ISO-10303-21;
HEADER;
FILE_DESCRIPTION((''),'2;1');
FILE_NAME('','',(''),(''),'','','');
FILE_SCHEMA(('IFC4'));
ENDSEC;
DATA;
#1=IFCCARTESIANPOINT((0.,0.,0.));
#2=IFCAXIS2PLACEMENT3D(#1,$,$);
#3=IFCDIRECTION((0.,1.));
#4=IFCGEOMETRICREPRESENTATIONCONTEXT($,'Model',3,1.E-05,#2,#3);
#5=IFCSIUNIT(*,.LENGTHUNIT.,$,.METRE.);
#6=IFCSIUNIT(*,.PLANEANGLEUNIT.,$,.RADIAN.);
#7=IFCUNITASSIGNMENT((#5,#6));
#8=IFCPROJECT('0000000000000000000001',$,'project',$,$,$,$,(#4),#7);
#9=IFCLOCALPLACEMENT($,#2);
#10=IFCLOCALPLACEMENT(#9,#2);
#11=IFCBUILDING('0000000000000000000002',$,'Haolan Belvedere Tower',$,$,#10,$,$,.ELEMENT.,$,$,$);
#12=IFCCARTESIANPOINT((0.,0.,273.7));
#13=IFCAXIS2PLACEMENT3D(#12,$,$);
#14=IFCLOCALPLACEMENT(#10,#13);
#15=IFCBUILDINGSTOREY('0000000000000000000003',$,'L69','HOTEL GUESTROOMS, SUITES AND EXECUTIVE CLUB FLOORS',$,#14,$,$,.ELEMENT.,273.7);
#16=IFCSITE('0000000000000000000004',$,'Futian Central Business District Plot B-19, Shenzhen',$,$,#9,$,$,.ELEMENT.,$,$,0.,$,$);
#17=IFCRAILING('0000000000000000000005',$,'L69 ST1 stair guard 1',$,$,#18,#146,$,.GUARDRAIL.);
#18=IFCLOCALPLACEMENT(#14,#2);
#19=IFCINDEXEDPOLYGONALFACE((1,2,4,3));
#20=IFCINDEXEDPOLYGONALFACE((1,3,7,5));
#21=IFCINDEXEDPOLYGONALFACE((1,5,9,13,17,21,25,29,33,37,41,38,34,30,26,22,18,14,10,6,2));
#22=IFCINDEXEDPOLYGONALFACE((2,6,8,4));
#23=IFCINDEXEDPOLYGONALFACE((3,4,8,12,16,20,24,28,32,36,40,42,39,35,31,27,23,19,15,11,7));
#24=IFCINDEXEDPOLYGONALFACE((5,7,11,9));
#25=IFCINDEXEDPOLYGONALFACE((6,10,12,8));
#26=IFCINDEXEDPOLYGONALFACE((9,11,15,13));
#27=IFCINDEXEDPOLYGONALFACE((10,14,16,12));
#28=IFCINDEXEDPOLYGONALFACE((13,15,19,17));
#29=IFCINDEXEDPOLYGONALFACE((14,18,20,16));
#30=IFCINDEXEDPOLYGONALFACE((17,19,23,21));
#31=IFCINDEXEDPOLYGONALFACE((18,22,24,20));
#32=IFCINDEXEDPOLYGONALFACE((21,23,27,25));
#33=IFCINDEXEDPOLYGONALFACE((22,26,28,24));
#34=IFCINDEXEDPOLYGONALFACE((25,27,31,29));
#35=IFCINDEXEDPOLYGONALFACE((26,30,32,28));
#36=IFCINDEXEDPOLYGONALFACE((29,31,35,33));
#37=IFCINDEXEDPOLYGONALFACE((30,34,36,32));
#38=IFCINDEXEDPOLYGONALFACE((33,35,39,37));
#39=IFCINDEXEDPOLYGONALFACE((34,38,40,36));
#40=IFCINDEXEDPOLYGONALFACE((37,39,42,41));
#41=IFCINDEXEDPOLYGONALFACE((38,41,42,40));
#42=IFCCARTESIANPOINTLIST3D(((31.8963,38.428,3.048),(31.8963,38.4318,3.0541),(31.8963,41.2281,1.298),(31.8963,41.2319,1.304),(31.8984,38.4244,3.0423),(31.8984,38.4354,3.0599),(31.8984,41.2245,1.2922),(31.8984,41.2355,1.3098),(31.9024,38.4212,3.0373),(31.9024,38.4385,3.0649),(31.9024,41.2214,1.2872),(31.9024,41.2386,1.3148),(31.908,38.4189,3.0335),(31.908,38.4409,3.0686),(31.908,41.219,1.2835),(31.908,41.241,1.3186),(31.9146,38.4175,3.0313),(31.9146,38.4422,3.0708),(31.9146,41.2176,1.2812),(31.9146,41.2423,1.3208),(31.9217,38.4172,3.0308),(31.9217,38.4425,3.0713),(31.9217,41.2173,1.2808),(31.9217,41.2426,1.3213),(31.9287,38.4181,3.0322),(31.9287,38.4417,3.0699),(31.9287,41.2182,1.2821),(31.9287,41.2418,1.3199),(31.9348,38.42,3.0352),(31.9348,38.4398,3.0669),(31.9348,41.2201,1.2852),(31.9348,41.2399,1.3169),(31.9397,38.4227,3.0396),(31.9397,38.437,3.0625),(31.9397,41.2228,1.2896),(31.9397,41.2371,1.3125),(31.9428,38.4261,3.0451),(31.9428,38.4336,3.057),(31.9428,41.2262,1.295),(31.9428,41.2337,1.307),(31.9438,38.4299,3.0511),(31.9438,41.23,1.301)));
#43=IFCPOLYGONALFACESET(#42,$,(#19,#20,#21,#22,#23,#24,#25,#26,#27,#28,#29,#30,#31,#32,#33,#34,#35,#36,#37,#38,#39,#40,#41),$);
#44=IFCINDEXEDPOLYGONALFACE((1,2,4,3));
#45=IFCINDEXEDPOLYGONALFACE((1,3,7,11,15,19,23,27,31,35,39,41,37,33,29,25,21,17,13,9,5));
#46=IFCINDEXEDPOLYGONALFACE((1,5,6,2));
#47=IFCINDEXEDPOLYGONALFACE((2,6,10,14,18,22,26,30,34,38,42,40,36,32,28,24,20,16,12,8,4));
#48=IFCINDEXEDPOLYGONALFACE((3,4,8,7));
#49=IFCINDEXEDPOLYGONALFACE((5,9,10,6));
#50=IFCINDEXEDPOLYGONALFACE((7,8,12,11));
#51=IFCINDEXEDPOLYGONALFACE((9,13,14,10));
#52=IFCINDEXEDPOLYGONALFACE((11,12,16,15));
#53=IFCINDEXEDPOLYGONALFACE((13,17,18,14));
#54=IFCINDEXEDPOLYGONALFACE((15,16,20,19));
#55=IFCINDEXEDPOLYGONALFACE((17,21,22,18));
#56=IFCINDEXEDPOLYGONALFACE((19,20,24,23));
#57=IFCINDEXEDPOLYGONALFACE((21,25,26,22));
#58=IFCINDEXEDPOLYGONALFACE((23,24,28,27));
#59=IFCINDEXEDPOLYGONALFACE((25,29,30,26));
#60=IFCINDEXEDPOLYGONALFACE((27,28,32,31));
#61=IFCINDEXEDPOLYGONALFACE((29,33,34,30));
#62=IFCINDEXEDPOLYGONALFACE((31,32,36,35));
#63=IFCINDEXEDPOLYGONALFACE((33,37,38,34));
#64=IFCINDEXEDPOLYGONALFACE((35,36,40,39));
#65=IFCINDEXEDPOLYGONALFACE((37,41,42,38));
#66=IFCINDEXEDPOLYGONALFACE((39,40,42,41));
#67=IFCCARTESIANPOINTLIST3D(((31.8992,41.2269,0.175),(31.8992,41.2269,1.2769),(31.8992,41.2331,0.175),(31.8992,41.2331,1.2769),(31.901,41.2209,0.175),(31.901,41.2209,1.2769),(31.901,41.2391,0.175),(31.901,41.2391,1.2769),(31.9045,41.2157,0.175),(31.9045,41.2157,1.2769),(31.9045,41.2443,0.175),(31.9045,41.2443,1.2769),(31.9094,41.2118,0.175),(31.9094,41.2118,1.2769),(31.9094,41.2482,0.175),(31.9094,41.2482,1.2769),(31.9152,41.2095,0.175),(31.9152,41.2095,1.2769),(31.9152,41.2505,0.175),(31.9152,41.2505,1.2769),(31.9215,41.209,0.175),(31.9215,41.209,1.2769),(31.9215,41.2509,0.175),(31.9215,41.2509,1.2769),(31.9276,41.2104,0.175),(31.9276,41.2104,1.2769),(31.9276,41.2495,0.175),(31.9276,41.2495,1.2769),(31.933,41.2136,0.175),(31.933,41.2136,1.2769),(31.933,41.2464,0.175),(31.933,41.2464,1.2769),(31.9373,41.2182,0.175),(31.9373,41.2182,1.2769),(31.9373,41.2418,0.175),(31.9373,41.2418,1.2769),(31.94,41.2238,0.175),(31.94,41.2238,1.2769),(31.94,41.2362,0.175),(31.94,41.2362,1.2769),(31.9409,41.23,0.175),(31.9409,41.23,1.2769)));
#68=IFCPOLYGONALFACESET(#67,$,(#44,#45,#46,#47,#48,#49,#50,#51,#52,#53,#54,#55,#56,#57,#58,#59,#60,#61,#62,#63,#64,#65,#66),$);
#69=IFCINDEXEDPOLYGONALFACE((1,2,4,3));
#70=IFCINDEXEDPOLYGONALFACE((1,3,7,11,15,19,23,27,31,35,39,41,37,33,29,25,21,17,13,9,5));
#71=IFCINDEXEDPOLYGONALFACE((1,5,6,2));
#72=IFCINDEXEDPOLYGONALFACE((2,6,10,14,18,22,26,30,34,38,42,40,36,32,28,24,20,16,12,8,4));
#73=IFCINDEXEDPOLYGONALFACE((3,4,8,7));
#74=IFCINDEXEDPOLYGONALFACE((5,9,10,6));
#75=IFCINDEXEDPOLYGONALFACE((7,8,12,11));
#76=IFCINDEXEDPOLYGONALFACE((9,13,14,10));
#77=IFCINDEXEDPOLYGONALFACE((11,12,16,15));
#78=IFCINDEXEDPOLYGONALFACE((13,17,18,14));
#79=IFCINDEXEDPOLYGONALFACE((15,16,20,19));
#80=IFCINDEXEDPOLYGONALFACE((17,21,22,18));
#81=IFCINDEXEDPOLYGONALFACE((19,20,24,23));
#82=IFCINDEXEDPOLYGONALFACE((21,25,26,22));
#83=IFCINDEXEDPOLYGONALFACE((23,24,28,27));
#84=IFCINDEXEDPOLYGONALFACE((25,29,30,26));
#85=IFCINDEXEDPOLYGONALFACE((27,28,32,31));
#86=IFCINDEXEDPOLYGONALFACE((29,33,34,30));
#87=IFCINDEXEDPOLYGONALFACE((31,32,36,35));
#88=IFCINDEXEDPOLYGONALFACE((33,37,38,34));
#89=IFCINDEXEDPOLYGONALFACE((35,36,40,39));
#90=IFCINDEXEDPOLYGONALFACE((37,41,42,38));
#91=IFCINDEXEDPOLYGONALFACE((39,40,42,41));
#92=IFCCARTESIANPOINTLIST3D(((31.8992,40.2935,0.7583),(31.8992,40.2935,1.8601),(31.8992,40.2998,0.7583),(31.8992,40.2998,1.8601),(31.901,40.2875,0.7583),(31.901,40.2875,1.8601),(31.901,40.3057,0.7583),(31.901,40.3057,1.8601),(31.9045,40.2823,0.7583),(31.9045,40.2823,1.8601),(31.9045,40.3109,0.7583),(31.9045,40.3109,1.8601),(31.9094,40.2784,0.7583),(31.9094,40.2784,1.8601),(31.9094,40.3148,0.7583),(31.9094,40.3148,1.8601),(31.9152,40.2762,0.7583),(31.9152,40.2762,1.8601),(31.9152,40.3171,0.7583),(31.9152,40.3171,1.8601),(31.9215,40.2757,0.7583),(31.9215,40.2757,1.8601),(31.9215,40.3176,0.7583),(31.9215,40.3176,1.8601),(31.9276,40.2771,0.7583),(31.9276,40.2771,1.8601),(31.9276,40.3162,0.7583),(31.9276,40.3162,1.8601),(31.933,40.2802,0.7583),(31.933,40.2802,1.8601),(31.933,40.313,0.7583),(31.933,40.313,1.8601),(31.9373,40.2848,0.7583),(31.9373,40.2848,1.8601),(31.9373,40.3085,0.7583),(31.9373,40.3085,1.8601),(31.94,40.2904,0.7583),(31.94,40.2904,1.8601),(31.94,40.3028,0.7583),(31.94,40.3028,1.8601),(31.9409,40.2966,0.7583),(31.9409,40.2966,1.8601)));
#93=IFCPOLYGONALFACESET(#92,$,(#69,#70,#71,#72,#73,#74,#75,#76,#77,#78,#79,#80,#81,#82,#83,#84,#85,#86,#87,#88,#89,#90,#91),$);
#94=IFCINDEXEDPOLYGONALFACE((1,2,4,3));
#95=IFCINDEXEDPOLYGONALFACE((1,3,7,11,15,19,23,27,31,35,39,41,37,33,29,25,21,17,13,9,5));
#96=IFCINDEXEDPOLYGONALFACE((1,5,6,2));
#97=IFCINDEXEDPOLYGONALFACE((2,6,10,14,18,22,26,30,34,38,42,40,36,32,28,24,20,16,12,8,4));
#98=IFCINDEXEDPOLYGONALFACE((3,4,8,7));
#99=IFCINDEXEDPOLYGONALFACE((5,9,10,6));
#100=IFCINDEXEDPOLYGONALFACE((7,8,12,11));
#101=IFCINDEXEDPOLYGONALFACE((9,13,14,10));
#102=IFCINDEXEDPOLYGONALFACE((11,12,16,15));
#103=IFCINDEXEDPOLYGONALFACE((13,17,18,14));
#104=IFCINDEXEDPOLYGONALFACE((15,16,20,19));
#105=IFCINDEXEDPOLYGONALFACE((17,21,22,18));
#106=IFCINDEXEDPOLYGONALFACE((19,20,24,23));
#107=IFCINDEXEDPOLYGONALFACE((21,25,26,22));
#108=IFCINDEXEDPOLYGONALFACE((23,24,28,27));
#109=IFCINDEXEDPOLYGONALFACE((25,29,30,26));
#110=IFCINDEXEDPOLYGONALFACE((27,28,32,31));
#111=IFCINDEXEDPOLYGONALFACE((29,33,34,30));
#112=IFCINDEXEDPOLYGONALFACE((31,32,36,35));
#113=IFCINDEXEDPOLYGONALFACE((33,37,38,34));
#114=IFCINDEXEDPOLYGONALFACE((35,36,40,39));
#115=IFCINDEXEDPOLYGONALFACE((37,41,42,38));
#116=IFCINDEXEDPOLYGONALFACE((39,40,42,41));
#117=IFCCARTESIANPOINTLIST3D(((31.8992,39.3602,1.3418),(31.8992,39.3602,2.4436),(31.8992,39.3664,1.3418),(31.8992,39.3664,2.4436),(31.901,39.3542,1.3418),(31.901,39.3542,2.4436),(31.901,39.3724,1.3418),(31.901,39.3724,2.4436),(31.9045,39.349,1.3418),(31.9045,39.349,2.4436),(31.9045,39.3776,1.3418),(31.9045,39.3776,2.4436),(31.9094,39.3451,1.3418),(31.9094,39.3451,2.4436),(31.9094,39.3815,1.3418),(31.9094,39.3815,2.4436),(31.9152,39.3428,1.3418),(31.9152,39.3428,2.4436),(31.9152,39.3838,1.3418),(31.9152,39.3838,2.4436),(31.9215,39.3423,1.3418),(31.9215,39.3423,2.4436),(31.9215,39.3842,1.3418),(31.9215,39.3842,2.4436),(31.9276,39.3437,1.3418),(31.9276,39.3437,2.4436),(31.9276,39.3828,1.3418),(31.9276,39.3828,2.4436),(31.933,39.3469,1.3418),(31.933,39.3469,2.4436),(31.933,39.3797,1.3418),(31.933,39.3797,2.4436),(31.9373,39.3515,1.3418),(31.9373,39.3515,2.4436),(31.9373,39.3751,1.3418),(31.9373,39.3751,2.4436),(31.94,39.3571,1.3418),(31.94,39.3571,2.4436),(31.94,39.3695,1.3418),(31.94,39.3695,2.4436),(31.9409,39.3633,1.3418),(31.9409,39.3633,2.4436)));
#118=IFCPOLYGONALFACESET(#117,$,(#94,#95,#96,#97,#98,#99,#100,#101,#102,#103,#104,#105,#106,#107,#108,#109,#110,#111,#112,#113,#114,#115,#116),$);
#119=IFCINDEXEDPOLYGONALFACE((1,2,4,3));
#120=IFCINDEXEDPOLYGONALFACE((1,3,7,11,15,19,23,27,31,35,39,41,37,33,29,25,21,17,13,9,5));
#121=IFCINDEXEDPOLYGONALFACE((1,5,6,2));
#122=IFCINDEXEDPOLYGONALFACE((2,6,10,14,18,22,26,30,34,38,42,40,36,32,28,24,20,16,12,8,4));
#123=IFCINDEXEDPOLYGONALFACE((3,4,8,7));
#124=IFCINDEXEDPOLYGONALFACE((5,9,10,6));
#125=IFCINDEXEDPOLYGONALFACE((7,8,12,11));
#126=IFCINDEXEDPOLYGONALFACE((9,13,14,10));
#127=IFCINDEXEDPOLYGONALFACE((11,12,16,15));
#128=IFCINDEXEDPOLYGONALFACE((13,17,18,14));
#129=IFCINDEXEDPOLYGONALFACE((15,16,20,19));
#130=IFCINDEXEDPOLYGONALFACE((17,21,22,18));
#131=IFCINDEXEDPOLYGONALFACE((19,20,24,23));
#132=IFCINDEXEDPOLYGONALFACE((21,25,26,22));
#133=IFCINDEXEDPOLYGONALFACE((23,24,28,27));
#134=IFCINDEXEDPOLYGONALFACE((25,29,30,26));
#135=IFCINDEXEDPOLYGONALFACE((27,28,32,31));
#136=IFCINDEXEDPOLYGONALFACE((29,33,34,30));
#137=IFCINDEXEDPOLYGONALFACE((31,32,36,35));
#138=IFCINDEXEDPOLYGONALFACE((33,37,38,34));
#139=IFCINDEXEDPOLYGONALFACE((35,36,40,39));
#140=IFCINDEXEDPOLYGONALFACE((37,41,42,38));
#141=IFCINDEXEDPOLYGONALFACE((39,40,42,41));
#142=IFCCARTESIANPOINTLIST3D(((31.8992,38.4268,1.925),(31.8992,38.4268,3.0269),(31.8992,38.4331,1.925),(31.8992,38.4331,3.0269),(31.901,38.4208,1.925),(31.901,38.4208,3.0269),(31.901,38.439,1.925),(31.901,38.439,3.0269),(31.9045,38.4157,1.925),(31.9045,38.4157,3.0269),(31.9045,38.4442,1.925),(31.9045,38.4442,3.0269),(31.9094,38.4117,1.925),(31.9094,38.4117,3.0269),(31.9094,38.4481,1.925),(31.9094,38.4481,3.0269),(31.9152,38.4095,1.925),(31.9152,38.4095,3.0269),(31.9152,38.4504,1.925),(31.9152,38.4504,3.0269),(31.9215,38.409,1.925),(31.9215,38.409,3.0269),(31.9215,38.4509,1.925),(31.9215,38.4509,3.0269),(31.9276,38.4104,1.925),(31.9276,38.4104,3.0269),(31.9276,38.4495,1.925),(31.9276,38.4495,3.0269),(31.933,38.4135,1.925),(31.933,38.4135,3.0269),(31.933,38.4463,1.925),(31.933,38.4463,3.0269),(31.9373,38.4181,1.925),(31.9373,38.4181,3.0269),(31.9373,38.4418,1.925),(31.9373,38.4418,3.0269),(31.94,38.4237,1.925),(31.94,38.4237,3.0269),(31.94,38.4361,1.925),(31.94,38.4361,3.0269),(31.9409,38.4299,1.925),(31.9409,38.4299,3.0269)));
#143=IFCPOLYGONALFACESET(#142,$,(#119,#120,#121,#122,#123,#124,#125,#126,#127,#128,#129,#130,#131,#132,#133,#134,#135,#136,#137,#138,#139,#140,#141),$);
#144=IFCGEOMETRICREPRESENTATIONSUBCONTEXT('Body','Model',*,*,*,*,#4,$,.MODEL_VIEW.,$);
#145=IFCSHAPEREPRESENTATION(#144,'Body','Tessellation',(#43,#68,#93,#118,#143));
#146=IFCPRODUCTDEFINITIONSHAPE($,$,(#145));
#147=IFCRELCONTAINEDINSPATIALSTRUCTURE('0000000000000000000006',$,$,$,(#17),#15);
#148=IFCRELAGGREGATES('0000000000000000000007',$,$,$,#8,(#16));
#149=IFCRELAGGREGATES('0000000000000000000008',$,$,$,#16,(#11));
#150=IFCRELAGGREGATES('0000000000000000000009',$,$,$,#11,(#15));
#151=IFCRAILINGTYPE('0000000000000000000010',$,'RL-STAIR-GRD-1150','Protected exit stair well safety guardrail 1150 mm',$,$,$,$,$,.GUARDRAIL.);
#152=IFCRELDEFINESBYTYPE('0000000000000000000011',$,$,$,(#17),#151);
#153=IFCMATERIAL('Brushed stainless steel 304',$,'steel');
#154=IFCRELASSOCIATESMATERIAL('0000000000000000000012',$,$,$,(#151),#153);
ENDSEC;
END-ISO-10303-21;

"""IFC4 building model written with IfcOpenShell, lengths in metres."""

from ifc_helpers import new_model, si_unit, direction, frame, origin, origin_2d, place, context, subcontext, project, spatial, circle, extrude, material, type_object, element, save


model = new_model("IFC4")

# Units and contexts
model_context = context("Model", 3, precision=1e-05, world=origin(), true_north=direction((0.0, 1.0)))
body_context = subcontext(model_context, "Body", "Model", "MODEL_VIEW")
ifc_project = project(units=[si_unit("LENGTHUNIT", "METRE"), si_unit("PLANEANGLEUNIT", "RADIAN")], contexts=[model_context])

# Site, building, storey
site_placement = place(None, origin())
site = spatial("IfcSite", under=ifc_project, at=site_placement, Name="Futian Central Business District Plot B-19, Shenzhen", CompositionType="ELEMENT", RefElevation=0.0)
building_placement = place(site_placement, origin())
building = spatial("IfcBuilding", under=site, at=building_placement, Name="Haolan Belvedere Tower", CompositionType="ELEMENT")
storey_placement = place(building_placement, frame((0.0, 0.0, 273.7)))
storey = spatial("IfcBuildingStorey", under=building, at=storey_placement, Name="L69", Description="HOTEL GUESTROOMS, SUITES AND EXECUTIVE CLUB FLOORS", CompositionType="ELEMENT", Elevation=273.7)

# Railing
ifc_material_1 = material(Name="Brushed stainless steel 304", Category="steel")
railing_type_1 = type_object("IfcRailingType", Name="RL-STAIR-GRD-1150", Description="Protected exit stair well safety guardrail 1150 mm", PredefinedType="GUARDRAIL", material=ifc_material_1)
railing_1_placement = place(storey_placement, frame((31.9199, 41.23, 0.175)))
element("IfcRailing", 1, at=railing_1_placement, inside=storey, type_object=railing_type_1, Name="L69 ST1 stair guard 1", PredefinedType="GUARDRAIL", context=body_context, shape_type="SweptSolid", body=[
    extrude(circle(Radius=0.0239, at=origin_2d()), frame((0.0, 0.0, 1.126), z_axis=(0.0, -0.848002, 0.529992), x_axis=(1.0, 0.0, 0.0)), (0.0, 0.0, 1.0), 3.302),
    extrude(circle(Radius=0.021, at=origin_2d()), origin(), (0.0, 0.0, 1.0), 1.1018),
    extrude(circle(Radius=0.021, at=origin_2d()), frame((0.0, -0.9333, 0.5833)), (0.0, 0.0, 1.0), 1.1018),
    extrude(circle(Radius=0.021, at=origin_2d()), frame((0.0, -1.8667, 1.1667)), (0.0, 0.0, 1.0), 1.1018),
    extrude(circle(Radius=0.021, at=origin_2d()), frame((0.0, -2.8, 1.75)), (0.0, 0.0, 1.0), 1.1018),
])

save(model, "model.ifc")
